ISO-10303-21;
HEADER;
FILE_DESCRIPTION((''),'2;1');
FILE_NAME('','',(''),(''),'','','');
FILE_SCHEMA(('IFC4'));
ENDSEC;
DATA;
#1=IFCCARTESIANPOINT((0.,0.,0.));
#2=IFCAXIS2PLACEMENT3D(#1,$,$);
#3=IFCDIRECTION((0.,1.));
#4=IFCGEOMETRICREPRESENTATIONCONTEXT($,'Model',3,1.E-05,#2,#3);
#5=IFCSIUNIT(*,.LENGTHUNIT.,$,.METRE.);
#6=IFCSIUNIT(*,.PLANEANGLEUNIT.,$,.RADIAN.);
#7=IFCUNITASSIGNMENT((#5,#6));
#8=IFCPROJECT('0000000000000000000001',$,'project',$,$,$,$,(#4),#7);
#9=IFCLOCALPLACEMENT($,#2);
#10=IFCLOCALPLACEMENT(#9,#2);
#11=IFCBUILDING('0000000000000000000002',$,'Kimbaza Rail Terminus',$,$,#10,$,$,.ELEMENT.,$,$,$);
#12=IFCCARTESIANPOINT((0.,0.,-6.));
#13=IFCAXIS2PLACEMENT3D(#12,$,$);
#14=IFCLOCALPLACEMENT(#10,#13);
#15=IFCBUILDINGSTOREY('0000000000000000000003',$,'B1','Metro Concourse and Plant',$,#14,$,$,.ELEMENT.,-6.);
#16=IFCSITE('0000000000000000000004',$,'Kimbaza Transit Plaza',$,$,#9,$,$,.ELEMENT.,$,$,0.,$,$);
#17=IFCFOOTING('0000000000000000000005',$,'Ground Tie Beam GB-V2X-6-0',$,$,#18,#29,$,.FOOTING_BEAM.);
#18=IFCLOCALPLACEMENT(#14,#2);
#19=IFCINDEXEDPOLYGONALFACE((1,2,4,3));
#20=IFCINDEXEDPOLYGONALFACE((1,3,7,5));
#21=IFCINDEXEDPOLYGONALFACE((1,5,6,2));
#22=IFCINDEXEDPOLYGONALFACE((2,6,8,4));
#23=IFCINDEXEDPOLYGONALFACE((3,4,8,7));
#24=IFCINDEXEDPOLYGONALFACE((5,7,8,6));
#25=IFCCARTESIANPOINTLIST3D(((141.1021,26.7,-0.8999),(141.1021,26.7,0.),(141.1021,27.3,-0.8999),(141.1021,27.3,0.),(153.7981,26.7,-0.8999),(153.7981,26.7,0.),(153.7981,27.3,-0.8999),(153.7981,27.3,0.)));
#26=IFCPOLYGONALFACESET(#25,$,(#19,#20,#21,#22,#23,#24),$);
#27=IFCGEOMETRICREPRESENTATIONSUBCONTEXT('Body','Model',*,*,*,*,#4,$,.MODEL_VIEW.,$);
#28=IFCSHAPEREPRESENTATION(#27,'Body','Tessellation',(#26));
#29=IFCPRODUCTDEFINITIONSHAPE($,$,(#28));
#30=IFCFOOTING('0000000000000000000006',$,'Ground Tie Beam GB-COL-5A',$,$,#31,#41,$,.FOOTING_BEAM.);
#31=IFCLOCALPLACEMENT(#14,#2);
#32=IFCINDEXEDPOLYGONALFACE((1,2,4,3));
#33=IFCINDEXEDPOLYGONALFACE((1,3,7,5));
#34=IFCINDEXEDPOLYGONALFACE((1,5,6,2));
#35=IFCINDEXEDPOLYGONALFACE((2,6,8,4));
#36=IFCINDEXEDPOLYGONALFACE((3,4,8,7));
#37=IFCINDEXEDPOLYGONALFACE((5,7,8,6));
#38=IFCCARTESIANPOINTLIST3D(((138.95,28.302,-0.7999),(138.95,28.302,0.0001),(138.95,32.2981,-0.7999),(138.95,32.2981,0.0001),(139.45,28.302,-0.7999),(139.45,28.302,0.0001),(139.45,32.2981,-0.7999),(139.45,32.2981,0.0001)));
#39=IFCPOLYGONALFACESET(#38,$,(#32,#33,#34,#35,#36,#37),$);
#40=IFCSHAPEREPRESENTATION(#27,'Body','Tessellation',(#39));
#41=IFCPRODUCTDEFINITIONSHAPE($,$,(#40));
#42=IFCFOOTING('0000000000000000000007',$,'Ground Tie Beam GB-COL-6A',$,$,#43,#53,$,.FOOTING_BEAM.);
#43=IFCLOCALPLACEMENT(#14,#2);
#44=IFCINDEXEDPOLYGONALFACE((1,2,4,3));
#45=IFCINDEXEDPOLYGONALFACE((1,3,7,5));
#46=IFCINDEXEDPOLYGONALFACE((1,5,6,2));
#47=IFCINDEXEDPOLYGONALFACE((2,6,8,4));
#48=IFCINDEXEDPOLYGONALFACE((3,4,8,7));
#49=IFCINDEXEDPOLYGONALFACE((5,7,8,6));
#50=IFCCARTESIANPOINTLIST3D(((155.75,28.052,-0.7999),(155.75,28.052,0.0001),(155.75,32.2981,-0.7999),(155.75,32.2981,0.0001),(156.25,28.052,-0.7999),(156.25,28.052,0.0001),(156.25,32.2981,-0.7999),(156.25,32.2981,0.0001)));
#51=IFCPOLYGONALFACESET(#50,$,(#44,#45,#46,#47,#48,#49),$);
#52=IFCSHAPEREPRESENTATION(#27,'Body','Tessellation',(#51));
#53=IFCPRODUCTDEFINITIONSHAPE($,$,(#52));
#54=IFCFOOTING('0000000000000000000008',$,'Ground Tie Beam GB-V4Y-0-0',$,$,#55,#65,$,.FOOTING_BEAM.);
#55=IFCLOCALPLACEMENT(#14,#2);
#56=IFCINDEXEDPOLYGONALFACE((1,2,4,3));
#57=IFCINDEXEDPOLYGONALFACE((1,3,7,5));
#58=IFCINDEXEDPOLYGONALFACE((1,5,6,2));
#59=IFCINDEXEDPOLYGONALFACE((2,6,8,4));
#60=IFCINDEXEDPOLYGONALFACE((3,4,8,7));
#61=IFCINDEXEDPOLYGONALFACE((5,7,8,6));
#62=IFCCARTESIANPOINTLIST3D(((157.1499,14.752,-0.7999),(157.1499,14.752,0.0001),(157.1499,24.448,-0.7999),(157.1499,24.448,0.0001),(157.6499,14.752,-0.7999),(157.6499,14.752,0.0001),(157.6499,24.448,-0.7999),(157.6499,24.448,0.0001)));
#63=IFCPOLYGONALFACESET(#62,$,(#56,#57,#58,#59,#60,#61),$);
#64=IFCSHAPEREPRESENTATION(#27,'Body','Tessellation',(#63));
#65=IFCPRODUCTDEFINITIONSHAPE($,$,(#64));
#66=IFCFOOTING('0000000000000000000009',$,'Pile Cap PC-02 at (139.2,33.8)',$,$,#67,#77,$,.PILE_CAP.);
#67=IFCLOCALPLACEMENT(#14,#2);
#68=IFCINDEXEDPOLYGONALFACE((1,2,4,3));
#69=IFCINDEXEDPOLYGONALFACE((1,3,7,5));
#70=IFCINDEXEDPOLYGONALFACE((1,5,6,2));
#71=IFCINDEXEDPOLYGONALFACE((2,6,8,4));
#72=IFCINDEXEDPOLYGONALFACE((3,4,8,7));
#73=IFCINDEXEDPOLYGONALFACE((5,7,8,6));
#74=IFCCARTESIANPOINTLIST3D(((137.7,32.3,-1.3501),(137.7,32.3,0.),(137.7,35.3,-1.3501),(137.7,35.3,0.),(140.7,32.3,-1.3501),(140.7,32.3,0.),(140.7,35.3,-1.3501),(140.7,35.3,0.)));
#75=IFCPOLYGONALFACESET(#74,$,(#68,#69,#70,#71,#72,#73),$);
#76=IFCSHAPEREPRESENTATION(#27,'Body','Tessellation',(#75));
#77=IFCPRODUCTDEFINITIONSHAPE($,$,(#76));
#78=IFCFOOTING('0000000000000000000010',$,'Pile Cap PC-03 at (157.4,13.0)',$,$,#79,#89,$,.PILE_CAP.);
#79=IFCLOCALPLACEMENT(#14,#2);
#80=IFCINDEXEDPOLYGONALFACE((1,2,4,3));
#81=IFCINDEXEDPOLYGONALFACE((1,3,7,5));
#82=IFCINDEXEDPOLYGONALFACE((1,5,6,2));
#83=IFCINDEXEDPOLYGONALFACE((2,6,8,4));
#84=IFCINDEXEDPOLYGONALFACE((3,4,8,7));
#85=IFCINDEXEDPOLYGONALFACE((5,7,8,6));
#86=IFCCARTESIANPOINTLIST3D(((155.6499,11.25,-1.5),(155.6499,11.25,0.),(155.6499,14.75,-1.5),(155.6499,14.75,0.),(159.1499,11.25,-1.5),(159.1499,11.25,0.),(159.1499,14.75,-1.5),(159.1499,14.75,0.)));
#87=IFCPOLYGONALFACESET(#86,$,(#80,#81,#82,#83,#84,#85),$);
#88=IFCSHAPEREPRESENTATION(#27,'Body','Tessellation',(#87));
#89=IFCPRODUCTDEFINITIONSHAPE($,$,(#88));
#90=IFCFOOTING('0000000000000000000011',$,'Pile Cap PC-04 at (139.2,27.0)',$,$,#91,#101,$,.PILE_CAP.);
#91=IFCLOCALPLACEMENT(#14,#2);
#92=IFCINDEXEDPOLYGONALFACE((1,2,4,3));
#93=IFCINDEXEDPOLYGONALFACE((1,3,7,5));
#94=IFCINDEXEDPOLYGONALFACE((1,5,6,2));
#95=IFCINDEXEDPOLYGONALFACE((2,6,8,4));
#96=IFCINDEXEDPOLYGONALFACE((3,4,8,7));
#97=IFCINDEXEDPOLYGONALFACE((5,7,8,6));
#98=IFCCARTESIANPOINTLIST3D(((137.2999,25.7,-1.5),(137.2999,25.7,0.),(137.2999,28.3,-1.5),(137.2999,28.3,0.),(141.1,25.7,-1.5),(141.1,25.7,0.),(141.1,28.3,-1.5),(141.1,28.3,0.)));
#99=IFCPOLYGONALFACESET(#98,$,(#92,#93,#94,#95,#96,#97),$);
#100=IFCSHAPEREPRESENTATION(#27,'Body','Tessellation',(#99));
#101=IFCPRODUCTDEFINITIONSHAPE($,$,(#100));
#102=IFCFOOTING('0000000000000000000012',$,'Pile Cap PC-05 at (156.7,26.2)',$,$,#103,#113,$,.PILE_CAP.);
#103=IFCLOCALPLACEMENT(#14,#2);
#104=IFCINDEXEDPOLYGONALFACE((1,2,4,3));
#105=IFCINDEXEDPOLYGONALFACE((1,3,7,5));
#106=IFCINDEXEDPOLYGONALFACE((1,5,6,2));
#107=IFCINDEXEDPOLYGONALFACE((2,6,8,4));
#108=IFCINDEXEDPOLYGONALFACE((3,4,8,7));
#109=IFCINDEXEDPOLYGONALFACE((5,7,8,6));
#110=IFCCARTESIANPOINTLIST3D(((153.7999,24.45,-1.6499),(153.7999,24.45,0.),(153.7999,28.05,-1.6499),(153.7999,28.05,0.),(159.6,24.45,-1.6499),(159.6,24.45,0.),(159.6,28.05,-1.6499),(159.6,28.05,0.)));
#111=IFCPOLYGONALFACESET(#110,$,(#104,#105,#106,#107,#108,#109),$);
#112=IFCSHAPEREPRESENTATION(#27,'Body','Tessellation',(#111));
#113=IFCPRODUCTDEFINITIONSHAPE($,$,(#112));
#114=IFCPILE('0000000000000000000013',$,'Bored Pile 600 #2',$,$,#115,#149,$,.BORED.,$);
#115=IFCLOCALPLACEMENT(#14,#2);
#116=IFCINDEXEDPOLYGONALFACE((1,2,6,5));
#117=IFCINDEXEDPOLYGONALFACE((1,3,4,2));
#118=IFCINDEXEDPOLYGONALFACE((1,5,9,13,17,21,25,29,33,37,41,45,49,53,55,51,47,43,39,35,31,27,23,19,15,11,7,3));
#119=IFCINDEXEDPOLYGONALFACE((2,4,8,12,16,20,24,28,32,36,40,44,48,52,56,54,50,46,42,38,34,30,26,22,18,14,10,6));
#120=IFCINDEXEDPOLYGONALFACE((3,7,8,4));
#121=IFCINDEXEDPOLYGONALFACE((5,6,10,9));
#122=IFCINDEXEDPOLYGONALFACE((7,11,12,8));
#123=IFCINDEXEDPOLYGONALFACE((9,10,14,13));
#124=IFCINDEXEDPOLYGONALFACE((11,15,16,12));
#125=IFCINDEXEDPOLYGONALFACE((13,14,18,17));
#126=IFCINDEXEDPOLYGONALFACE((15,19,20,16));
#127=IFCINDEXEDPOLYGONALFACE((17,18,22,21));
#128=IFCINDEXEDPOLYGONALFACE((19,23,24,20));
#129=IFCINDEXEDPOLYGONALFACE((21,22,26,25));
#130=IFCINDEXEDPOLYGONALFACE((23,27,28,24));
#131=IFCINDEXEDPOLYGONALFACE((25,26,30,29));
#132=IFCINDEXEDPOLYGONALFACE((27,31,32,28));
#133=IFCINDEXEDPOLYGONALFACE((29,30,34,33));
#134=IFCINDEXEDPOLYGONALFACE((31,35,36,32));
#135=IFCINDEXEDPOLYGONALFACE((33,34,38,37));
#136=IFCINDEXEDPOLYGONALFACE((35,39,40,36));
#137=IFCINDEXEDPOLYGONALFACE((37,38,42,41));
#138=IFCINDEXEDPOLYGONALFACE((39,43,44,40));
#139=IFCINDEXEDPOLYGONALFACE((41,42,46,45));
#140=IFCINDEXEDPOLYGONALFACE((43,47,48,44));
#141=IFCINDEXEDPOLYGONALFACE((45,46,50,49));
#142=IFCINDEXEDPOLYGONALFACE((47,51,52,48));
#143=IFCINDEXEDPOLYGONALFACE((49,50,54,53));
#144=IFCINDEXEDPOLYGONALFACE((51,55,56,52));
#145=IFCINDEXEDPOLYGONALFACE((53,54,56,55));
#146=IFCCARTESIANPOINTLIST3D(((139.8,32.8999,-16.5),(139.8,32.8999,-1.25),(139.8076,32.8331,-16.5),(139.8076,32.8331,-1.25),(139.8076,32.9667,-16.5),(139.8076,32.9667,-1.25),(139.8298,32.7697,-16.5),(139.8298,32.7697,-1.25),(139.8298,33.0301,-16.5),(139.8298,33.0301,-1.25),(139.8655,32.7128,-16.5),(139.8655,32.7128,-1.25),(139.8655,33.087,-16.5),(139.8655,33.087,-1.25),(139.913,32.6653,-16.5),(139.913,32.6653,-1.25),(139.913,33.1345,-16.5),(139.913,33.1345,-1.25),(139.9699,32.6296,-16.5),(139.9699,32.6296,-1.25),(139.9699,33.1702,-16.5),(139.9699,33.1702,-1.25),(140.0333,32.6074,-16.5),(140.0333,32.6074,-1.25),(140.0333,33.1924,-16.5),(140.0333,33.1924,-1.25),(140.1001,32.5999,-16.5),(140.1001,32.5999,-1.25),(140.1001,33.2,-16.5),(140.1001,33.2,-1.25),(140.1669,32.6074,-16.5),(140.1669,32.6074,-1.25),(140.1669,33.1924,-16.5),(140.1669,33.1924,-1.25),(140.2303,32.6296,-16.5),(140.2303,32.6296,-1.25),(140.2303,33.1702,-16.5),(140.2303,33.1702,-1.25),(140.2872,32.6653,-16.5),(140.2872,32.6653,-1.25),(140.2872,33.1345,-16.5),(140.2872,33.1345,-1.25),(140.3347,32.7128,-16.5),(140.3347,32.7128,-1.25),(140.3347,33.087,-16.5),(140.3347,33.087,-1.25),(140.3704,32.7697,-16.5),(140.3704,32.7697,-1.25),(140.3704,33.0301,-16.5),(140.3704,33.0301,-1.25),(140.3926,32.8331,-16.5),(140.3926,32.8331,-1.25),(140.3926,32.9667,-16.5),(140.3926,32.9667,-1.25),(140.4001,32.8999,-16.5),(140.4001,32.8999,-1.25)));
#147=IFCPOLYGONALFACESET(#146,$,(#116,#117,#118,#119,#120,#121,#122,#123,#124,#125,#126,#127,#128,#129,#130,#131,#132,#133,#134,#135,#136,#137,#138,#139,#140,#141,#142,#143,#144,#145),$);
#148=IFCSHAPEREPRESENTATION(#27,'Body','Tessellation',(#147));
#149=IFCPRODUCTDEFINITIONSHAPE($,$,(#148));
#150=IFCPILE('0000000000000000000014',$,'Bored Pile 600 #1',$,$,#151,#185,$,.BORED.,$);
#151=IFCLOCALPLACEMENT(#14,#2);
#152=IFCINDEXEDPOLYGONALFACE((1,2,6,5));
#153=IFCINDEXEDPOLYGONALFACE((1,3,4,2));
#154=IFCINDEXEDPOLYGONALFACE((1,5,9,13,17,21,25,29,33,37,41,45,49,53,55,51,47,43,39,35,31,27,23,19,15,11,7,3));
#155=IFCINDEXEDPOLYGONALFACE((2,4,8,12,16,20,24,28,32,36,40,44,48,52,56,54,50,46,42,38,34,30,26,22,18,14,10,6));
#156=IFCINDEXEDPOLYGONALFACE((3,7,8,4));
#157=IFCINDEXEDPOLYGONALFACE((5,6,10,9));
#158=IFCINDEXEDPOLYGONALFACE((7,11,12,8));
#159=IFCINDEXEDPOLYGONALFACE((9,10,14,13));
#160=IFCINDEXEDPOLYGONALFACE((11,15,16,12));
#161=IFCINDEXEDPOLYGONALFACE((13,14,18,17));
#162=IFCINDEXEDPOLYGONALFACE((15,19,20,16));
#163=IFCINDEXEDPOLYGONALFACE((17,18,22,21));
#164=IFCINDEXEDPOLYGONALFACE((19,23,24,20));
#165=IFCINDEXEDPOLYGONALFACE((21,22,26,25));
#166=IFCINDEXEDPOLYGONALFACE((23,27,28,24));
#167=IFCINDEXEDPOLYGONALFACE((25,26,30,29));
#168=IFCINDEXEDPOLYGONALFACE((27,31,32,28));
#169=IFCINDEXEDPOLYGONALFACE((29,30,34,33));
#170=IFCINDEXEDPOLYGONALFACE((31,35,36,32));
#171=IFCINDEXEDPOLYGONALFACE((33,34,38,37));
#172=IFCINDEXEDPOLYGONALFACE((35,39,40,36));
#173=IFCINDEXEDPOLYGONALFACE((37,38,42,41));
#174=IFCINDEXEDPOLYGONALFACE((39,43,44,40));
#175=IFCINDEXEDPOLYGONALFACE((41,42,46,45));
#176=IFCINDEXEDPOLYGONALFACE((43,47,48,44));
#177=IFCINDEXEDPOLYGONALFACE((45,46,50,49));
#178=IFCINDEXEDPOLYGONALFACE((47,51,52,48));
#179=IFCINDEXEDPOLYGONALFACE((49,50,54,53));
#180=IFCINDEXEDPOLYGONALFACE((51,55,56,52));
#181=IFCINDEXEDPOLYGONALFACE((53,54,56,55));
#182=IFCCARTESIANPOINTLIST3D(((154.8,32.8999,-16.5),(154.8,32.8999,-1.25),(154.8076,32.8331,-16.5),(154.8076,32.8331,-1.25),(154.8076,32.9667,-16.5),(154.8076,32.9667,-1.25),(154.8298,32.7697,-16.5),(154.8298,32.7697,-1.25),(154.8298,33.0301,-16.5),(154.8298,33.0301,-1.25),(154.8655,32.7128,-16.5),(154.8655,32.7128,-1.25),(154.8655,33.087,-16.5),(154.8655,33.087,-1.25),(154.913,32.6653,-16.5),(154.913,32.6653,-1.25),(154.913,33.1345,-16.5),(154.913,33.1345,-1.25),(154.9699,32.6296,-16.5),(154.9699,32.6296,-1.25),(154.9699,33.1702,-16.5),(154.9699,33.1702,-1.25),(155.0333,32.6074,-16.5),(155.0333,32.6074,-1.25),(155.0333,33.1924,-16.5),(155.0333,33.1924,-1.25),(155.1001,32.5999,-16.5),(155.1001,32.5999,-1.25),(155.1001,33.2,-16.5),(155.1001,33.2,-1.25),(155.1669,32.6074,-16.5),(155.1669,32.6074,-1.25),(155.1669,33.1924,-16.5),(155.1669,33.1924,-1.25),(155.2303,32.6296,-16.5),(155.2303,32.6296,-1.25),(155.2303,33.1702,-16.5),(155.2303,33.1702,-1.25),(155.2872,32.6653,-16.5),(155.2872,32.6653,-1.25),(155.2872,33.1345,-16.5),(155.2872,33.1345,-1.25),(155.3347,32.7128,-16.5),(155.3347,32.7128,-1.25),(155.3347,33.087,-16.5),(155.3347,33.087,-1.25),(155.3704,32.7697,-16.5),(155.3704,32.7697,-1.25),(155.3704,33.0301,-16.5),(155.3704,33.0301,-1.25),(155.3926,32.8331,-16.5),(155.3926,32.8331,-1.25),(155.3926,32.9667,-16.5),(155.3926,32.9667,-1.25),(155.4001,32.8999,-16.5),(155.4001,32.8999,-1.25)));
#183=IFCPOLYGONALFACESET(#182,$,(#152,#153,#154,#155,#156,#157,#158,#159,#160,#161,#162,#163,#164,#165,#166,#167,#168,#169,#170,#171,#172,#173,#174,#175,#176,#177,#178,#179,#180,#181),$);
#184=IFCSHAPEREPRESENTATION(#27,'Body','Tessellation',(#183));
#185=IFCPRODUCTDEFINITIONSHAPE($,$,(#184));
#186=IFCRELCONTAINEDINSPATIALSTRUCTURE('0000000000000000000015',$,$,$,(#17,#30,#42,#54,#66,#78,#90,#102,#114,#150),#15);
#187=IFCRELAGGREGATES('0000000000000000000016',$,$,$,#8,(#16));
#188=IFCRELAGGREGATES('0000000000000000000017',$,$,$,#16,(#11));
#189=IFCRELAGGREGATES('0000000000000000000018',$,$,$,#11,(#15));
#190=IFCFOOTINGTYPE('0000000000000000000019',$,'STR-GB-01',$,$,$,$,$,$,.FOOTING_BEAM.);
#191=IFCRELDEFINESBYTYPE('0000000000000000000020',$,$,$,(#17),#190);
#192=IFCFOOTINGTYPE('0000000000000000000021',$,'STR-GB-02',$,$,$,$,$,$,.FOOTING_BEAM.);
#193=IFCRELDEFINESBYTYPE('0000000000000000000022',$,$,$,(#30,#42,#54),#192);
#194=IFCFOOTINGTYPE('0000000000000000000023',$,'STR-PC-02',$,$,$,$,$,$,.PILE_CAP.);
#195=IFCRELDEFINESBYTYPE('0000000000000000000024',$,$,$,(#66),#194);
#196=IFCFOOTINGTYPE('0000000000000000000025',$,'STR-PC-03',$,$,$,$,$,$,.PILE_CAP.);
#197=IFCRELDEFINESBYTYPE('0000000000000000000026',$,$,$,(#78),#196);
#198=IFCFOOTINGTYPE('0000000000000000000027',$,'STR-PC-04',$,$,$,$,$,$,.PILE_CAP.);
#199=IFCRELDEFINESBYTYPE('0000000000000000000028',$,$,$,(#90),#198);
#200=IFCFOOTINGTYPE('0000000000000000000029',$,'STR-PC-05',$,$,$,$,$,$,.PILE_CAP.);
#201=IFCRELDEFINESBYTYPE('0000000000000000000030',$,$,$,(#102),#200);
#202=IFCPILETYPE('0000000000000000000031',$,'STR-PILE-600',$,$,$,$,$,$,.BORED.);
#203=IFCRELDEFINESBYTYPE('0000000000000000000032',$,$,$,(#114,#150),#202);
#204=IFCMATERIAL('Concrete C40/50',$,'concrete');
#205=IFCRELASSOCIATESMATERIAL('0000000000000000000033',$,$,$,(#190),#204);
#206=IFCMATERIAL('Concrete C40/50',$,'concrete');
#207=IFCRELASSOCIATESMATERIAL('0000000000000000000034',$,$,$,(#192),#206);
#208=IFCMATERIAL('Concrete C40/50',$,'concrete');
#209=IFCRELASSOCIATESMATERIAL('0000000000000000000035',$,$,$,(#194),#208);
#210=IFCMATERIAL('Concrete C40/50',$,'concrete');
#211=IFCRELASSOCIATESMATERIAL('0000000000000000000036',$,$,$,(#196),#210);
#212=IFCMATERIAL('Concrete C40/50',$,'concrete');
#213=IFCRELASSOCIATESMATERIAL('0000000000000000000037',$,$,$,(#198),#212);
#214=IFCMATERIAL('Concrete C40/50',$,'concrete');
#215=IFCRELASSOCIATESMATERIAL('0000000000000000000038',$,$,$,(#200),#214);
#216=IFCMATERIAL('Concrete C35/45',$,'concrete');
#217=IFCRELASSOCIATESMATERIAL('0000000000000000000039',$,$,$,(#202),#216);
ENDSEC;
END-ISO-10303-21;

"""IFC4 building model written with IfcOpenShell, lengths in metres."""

from ifc_helpers import new_model, si_unit, direction, frame, origin, origin_2d, place, context, subcontext, project, spatial, rectangle, circle, extrude, material, material_profile, profile_set, type_object, element, save


model = new_model("IFC4")

# Units and contexts
model_context = context("Model", 3, precision=1e-05, world=origin(), true_north=direction((0.0, 1.0)))
body_context = subcontext(model_context, "Body", "Model", "MODEL_VIEW")
ifc_project = project(units=[si_unit("LENGTHUNIT", "METRE"), si_unit("PLANEANGLEUNIT", "RADIAN")], contexts=[model_context])

# Site, building, storey
site_placement = place(None, origin())
site = spatial("IfcSite", under=ifc_project, at=site_placement, Name="Kimbaza Transit Plaza", CompositionType="ELEMENT", RefElevation=0.0)
building_placement = place(site_placement, origin())
building = spatial("IfcBuilding", under=site, at=building_placement, Name="Kimbaza Rail Terminus", CompositionType="ELEMENT")
storey_placement = place(building_placement, frame((0.0, 0.0, -6.0)))
storey = spatial("IfcBuildingStorey", under=building, at=storey_placement, Name="B1", Description="Metro Concourse and Plant", CompositionType="ELEMENT", Elevation=-6.0)

# Footings
ifc_material_1 = material(Name="Concrete C40/50", Category="concrete")
ifc_material_profile_1 = material_profile(ifc_material_1, rectangle(XDim=0.6001, YDim=0.8999, at=origin_2d()), Name="GB-01 600x900")
ifc_profile_set_1 = profile_set([ifc_material_profile_1], Name="Concrete C40/50")
footing_type_1 = type_object("IfcFootingType", Name="STR-GB-01", PredefinedType="FOOTING_BEAM", material=ifc_profile_set_1)
footing_1_placement = place(storey_placement, frame((141.1021, 27.0, -0.45), z_axis=(1.0, 0.0, 0.0), x_axis=(0.0, 1.0, 0.0)))
element("IfcFooting", 1, at=footing_1_placement, inside=storey, type_object=footing_type_1, Name="Ground Tie Beam GB-V2X-6-0", PredefinedType="FOOTING_BEAM", context=body_context, shape_type="SweptSolid", body=[
    extrude(rectangle(XDim=0.6001, YDim=0.8999, at=origin_2d()), origin(), (0.0, 0.0, 1.0), 12.696),
])
ifc_material_2 = material(Name="Concrete C40/50", Category="concrete")
ifc_material_profile_2 = material_profile(ifc_material_2, rectangle(XDim=0.5, YDim=0.8, at=origin_2d()), Name="GB-02 500x800")
ifc_profile_set_2 = profile_set([ifc_material_profile_2], Name="Concrete C40/50")
footing_type_2 = type_object("IfcFootingType", Name="STR-GB-02", PredefinedType="FOOTING_BEAM", material=ifc_profile_set_2)
footing_2_placement = place(storey_placement, frame((139.2, 28.302, -0.3999), z_axis=(0.0, 1.0, 0.0), x_axis=(-1.0, 0.0, 0.0)))
element("IfcFooting", 2, at=footing_2_placement, inside=storey, type_object=footing_type_2, Name="Ground Tie Beam GB-COL-5A", PredefinedType="FOOTING_BEAM", context=body_context, shape_type="SweptSolid", body=[
    extrude(rectangle(XDim=0.5, YDim=0.8, at=origin_2d()), origin(), (0.0, 0.0, 1.0), 3.9961),
])
footing_3_placement = place(storey_placement, frame((156.0, 28.052, -0.3999), z_axis=(0.0, 1.0, 0.0), x_axis=(-1.0, 0.0, 0.0)))
element("IfcFooting", 3, at=footing_3_placement, inside=storey, type_object=footing_type_2, Name="Ground Tie Beam GB-COL-6A", PredefinedType="FOOTING_BEAM", context=body_context, shape_type="SweptSolid", body=[
    extrude(rectangle(XDim=0.5, YDim=0.8, at=origin_2d()), origin(), (0.0, 0.0, 1.0), 4.2461),
])
footing_4_placement = place(storey_placement, frame((157.3999, 14.752, -0.3999), z_axis=(0.0, 1.0, 0.0), x_axis=(-1.0, 0.0, 0.0)))
element("IfcFooting", 4, at=footing_4_placement, inside=storey, type_object=footing_type_2, Name="Ground Tie Beam GB-V4Y-0-0", PredefinedType="FOOTING_BEAM", context=body_context, shape_type="SweptSolid", body=[
    extrude(rectangle(XDim=0.5, YDim=0.8, at=origin_2d()), origin(), (0.0, 0.0, 1.0), 9.696),
])
ifc_material_3 = material(Name="Concrete C40/50", Category="concrete")
footing_type_3 = type_object("IfcFootingType", Name="STR-PC-02", PredefinedType="PILE_CAP", material=ifc_material_3)
footing_5_placement = place(storey_placement, frame((139.2, 33.8, -1.3501), z_axis=(0.0, 0.0, 1.0), x_axis=(1.0, 0.0, 0.0)))
element("IfcFooting", 5, at=footing_5_placement, inside=storey, type_object=footing_type_3, Name="Pile Cap PC-02 at (139.2,33.8)", PredefinedType="PILE_CAP", context=body_context, shape_type="SweptSolid", body=[
    extrude(rectangle(XDim=3.0, YDim=3.0, at=origin_2d()), origin(), (0.0, 0.0, 1.0), 1.3501),
])
ifc_material_4 = material(Name="Concrete C40/50", Category="concrete")
footing_type_4 = type_object("IfcFootingType", Name="STR-PC-03", PredefinedType="PILE_CAP", material=ifc_material_4)
footing_6_placement = place(storey_placement, frame((157.3999, 13.0, -1.5), z_axis=(0.0, 0.0, 1.0), x_axis=(1.0, 0.0, 0.0)))
element("IfcFooting", 6, at=footing_6_placement, inside=storey, type_object=footing_type_4, Name="Pile Cap PC-03 at (157.4,13.0)", PredefinedType="PILE_CAP", context=body_context, shape_type="SweptSolid", body=[
    extrude(rectangle(XDim=3.5, YDim=3.5, at=origin_2d()), origin(), (0.0, 0.0, 1.0), 1.5),
])
ifc_material_5 = material(Name="Concrete C40/50", Category="concrete")
footing_type_5 = type_object("IfcFootingType", Name="STR-PC-04", PredefinedType="PILE_CAP", material=ifc_material_5)
footing_7_placement = place(storey_placement, frame((139.2, 27.0, -1.5), z_axis=(0.0, 0.0, 1.0), x_axis=(1.0, 0.0, 0.0)))
element("IfcFooting", 7, at=footing_7_placement, inside=storey, type_object=footing_type_5, Name="Pile Cap PC-04 at (139.2,27.0)", PredefinedType="PILE_CAP", context=body_context, shape_type="SweptSolid", body=[
    extrude(rectangle(XDim=3.8, YDim=2.6001, at=origin_2d()), origin(), (0.0, 0.0, 1.0), 1.5),
])
ifc_material_6 = material(Name="Concrete C40/50", Category="concrete")
footing_type_6 = type_object("IfcFootingType", Name="STR-PC-05", PredefinedType="PILE_CAP", material=ifc_material_6)
footing_8_placement = place(storey_placement, frame((156.7, 26.25, -1.6499), z_axis=(0.0, 0.0, 1.0), x_axis=(1.0, 0.0, 0.0)))
element("IfcFooting", 8, at=footing_8_placement, inside=storey, type_object=footing_type_6, Name="Pile Cap PC-05 at (156.7,26.2)", PredefinedType="PILE_CAP", context=body_context, shape_type="SweptSolid", body=[
    extrude(rectangle(XDim=5.8, YDim=3.6001, at=origin_2d()), origin(), (0.0, 0.0, 1.0), 1.6499),
])

# Piles
ifc_material_7 = material(Name="Concrete C35/45", Category="concrete")
ifc_material_profile_3 = material_profile(ifc_material_7, circle(Radius=0.3, at=origin_2d()), Name="BORED PILE 600")
ifc_profile_set_3 = profile_set([ifc_material_profile_3], Name="Concrete C35/45")
pile_type_1 = type_object("IfcPileType", Name="STR-PILE-600", PredefinedType="BORED", material=ifc_profile_set_3)
for number, where, z_axis, x_axis, name in (
    (9, (140.1001, 32.8999, -1.25), (0.0, 0.0, -1.0), (1.0, 0.0, 0.0), "Bored Pile 600 #2"),
    (10, (155.1001, 32.8999, -1.25), (0.0, 0.0, -1.0), (1.0, 0.0, 0.0), "Bored Pile 600 #1"),
):
    element("IfcPile", number, at=place(storey_placement, frame(where, z_axis=z_axis, x_axis=x_axis)), inside=storey, type_object=pile_type_1, Name=name, PredefinedType="BORED", context=body_context, shape_type="SweptSolid", body=[
        extrude(circle(Radius=0.3, at=origin_2d()), origin(), (0.0, 0.0, 1.0), 15.25),
    ])

save(model, "model.ifc")
